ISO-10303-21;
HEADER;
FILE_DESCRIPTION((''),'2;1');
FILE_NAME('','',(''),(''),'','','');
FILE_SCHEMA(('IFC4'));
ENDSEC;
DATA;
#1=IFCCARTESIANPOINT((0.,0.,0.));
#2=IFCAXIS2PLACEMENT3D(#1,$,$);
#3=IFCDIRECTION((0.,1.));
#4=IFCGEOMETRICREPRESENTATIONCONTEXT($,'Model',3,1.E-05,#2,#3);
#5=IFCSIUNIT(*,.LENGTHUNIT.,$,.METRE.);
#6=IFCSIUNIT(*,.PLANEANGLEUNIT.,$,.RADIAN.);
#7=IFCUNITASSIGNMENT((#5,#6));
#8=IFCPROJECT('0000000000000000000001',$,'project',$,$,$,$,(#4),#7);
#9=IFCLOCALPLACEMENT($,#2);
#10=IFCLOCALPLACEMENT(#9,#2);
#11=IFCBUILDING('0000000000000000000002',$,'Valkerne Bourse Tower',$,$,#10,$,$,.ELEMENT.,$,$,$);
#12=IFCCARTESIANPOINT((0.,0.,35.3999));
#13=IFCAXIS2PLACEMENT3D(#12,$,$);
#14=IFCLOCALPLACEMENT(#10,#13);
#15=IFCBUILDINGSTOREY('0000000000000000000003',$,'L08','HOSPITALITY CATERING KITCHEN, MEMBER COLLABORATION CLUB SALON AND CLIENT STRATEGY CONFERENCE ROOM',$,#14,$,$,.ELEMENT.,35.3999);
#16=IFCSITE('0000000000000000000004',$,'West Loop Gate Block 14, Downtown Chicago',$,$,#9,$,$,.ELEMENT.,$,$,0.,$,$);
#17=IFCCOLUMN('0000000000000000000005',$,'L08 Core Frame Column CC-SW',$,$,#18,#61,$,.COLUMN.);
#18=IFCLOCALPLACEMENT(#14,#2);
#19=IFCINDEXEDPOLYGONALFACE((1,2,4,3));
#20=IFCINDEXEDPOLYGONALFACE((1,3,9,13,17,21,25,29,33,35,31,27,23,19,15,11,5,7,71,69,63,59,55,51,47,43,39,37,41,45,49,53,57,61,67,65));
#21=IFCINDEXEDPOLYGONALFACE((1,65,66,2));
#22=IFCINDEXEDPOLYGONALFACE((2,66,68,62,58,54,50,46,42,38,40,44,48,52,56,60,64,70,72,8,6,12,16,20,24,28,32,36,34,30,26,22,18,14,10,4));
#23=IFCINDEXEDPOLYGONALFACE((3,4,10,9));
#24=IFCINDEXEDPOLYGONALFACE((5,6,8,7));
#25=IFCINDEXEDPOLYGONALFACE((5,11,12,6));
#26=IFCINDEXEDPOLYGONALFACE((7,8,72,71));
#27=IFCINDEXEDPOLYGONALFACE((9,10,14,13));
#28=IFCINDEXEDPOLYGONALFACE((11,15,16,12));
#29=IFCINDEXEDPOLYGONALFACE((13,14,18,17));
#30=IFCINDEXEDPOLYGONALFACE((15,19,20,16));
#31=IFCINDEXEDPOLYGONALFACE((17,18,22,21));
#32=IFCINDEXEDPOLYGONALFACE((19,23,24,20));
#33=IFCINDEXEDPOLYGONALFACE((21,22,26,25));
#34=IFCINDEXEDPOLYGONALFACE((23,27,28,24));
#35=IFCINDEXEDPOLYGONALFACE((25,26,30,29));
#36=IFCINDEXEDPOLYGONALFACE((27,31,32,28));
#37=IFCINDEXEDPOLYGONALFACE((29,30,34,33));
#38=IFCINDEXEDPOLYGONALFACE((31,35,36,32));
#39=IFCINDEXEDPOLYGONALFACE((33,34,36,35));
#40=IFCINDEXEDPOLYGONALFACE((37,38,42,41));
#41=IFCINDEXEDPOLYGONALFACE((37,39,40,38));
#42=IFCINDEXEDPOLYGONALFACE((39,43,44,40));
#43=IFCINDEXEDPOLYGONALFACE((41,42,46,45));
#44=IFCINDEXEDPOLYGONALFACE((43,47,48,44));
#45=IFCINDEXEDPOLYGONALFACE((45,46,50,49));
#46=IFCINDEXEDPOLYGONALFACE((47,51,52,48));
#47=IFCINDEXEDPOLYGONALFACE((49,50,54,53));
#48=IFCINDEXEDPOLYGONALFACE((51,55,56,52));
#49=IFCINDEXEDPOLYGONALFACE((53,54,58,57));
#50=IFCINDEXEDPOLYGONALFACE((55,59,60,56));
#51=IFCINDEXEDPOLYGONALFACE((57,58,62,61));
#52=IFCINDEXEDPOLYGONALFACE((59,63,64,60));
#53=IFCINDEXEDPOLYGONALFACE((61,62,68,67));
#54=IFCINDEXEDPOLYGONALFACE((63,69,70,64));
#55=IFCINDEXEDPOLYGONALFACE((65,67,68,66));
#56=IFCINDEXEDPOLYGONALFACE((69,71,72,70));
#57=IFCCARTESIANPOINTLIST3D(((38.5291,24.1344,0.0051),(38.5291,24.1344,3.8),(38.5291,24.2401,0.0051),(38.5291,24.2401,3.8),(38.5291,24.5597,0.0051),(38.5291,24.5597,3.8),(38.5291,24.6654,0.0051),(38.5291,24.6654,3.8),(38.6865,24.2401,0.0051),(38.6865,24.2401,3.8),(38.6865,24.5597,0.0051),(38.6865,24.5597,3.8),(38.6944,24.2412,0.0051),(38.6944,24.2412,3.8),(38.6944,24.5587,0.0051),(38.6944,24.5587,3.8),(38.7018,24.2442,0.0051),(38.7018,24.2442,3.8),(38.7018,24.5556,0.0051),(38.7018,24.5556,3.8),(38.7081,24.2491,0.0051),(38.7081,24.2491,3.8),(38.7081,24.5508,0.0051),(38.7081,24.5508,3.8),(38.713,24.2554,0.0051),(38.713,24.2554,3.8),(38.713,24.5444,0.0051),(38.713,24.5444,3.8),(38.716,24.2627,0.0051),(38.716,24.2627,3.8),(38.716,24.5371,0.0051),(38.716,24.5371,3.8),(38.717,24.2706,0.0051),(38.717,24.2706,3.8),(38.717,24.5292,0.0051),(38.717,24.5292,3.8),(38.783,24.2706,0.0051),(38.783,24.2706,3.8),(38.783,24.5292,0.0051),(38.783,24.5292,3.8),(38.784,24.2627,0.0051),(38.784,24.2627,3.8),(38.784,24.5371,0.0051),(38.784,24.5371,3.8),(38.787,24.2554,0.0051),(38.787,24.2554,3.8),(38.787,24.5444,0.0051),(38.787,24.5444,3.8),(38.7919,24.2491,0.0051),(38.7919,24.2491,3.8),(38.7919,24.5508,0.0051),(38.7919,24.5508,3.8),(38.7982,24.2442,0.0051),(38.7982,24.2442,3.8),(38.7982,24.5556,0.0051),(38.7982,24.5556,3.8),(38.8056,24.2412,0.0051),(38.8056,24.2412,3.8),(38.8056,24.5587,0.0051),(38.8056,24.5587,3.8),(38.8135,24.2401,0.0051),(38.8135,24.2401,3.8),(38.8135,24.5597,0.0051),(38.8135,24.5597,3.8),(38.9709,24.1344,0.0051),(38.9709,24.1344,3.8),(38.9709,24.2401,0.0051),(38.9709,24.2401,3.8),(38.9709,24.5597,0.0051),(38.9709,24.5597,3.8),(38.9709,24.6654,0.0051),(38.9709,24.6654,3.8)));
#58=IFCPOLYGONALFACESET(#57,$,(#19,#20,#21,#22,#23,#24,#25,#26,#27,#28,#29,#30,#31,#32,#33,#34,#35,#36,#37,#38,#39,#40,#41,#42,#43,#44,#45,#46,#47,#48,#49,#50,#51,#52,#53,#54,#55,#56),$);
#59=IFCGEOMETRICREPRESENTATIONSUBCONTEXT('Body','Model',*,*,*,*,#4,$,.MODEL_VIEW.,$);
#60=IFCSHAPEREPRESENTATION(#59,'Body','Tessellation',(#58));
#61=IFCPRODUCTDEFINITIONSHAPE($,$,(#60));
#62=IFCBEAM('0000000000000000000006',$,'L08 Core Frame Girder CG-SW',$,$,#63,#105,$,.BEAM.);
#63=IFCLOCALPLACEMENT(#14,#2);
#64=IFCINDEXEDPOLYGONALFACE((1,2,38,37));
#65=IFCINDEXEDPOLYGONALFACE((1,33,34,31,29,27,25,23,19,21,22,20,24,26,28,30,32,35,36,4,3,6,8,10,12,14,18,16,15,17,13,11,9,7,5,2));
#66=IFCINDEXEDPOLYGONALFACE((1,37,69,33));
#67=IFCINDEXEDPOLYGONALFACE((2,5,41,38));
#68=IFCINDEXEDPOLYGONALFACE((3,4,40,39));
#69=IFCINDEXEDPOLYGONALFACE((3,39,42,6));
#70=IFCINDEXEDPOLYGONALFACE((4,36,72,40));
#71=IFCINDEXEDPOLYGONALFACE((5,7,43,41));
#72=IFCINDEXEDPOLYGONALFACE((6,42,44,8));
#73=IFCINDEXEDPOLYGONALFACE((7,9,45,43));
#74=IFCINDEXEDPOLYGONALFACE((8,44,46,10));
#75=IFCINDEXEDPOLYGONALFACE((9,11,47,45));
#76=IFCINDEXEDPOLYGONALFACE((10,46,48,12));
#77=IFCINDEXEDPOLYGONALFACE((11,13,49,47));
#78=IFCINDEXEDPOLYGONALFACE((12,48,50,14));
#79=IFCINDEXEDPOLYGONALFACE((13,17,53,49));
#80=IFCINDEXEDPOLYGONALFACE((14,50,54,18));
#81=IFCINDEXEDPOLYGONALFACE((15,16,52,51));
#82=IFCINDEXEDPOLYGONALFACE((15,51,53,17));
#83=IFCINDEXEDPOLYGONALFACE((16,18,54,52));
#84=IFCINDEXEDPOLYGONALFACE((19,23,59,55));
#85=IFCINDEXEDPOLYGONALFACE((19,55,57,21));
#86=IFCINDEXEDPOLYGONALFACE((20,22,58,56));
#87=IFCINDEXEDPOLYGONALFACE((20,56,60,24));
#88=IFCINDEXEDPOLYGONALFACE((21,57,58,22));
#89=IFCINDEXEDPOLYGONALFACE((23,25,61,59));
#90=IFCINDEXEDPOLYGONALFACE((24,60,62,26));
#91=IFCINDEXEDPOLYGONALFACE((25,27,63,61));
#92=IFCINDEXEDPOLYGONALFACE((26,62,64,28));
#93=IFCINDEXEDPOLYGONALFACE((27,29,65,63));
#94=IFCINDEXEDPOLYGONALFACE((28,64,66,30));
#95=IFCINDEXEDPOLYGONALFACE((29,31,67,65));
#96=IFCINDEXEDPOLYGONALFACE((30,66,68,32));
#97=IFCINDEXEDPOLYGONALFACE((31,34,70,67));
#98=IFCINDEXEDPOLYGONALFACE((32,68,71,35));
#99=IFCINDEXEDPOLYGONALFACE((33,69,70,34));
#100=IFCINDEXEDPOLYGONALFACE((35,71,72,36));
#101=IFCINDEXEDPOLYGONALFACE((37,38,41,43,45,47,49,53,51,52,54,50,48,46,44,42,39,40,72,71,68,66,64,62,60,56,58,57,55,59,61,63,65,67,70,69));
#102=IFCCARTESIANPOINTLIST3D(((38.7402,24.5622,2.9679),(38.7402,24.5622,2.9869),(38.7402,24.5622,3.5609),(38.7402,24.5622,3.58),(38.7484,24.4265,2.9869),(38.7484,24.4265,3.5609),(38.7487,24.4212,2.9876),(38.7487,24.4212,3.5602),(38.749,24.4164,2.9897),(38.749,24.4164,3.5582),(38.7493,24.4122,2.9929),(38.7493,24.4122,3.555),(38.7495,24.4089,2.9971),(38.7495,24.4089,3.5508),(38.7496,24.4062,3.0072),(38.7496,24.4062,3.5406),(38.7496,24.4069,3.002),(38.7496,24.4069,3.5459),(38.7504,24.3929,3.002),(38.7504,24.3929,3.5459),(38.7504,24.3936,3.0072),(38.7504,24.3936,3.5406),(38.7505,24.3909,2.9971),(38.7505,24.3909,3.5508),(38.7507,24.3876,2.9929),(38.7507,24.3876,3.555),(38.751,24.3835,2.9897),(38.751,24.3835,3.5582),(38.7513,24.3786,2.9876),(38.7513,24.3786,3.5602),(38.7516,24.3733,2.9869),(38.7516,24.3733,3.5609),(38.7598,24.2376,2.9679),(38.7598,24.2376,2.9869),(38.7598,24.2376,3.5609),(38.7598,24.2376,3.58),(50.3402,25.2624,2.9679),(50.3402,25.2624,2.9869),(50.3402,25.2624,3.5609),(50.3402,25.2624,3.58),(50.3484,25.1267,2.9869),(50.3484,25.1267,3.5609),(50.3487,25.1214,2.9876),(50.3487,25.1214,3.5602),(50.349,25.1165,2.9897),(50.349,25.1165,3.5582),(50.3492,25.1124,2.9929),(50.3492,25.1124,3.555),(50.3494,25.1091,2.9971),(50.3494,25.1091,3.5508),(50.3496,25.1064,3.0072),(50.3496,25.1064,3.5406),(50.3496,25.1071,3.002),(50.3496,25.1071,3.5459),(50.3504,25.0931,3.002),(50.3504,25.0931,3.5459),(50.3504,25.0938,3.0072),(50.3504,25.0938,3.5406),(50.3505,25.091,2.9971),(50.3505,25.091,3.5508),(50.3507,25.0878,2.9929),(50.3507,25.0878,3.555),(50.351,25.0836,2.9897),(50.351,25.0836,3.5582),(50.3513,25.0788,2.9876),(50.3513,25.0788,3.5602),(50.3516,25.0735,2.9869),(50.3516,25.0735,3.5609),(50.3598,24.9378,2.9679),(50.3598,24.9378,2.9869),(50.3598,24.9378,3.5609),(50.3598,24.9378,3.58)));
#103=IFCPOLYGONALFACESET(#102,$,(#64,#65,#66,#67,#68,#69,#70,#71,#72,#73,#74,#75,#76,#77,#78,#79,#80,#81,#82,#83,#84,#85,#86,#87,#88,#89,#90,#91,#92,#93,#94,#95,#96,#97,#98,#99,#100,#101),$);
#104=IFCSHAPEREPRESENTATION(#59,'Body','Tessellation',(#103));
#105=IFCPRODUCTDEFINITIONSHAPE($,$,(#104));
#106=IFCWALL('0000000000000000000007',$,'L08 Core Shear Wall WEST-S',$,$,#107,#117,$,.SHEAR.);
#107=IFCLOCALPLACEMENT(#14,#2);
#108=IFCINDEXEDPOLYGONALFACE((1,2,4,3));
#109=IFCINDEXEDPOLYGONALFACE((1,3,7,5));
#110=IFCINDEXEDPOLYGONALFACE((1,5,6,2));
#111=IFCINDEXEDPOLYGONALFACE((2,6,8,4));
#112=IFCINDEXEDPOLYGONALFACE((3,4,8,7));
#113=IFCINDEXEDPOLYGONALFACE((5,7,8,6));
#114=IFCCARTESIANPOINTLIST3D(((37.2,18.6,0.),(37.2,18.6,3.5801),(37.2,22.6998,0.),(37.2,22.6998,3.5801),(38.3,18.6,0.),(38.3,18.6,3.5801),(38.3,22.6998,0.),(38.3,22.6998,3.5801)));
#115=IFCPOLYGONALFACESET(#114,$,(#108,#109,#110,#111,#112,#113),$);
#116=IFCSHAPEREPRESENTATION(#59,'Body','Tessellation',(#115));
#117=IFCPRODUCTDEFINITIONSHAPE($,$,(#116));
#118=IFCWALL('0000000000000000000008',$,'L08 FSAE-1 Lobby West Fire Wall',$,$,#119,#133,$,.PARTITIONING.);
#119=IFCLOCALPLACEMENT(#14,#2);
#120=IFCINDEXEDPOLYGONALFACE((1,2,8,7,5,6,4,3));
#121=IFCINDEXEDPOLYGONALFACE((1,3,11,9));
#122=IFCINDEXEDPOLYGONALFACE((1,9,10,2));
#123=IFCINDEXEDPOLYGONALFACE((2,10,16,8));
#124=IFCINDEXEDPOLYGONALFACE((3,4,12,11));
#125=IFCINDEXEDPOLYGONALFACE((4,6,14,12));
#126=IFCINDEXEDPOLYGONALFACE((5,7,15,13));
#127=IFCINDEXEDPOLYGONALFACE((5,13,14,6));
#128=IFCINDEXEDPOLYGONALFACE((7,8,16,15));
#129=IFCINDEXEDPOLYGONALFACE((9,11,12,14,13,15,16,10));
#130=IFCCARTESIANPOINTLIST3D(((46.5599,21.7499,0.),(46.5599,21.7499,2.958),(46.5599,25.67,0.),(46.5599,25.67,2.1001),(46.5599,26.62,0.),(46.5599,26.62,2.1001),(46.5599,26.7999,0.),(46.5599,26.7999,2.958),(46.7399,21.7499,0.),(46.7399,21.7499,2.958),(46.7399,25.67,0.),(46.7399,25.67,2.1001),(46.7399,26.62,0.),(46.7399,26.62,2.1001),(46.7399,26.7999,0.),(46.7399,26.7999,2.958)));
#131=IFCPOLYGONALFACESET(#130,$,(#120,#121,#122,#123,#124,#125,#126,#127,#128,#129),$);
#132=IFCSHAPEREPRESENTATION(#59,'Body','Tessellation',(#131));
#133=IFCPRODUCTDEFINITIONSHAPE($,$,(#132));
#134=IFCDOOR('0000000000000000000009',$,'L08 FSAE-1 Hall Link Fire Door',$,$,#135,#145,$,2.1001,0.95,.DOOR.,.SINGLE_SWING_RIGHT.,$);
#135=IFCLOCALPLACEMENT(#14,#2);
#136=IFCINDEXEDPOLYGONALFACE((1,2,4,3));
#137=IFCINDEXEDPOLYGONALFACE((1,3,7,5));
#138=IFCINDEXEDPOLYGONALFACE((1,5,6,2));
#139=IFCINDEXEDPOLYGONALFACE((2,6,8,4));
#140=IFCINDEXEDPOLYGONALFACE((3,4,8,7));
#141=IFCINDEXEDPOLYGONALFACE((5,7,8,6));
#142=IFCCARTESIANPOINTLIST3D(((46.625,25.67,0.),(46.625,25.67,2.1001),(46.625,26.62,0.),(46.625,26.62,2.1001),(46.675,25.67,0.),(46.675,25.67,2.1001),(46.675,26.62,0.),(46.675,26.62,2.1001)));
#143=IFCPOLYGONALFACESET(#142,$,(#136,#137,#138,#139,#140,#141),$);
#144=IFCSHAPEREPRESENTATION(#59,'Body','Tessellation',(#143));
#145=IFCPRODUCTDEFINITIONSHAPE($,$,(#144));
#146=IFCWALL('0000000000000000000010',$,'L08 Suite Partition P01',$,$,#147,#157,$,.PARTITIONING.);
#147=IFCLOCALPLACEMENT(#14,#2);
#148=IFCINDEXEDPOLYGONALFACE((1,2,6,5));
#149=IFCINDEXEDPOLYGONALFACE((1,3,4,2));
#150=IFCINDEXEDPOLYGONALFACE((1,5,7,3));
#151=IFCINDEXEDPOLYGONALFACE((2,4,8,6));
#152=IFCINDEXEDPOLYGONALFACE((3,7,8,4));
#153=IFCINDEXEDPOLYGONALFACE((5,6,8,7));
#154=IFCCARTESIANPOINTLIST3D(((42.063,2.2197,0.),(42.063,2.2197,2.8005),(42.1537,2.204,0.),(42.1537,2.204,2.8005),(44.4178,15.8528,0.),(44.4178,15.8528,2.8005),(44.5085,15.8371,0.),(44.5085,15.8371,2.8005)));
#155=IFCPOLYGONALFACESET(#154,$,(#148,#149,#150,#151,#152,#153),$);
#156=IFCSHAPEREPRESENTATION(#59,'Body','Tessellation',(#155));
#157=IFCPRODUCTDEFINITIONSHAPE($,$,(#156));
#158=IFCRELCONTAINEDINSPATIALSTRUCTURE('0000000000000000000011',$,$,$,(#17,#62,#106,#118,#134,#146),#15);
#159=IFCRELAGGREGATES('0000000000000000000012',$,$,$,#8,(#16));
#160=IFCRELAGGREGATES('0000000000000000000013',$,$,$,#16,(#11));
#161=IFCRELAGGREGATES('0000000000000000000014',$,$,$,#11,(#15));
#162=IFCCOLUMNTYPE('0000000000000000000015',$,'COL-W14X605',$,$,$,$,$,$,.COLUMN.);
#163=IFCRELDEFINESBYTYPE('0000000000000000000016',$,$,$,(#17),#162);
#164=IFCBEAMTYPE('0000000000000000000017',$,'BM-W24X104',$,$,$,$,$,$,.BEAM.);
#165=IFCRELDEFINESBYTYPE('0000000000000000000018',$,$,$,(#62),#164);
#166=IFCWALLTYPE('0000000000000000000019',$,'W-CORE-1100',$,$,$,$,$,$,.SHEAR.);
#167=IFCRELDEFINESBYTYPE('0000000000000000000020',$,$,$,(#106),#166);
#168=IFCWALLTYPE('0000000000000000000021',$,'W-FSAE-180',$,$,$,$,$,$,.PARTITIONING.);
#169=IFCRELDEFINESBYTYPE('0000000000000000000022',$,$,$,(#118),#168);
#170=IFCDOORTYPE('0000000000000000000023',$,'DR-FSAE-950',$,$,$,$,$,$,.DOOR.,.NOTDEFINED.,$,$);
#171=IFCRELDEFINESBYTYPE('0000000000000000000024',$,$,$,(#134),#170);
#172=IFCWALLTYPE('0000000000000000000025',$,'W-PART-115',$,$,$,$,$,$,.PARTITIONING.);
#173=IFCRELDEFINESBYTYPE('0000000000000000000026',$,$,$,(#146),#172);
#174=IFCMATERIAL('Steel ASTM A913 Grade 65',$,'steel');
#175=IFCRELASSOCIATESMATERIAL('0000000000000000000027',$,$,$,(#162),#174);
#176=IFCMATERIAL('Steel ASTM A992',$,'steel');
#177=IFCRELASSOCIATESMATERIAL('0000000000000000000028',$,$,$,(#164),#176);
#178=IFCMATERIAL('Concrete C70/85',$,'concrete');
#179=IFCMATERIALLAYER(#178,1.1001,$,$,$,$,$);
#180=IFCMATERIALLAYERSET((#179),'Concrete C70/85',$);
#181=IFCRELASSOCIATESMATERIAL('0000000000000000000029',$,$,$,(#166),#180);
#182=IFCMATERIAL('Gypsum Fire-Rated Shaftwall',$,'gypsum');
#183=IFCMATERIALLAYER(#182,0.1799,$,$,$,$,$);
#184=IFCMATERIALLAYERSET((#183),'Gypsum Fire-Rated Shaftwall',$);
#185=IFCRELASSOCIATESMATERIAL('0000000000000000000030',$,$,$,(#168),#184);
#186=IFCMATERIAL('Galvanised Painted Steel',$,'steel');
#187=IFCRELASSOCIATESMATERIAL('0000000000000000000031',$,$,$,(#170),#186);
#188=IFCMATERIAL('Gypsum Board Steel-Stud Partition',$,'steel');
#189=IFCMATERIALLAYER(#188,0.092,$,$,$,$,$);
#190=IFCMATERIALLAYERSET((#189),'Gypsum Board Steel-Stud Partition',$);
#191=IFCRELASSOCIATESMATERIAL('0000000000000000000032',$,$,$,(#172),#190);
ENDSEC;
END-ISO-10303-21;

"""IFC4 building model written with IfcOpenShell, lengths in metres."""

from ifc_helpers import new_model, si_unit, direction, frame, frame_2d, origin, origin_2d, place, context, subcontext, project, spatial, rectangle, i_section, extrude, material, layer, layer_set, material_profile, profile_set, type_object, element, fill, save


model = new_model("IFC4")

# Units and contexts
model_context = context("Model", 3, precision=1e-05, world=origin(), true_north=direction((0.0, 1.0)))
body_context = subcontext(model_context, "Body", "Model", "MODEL_VIEW")
ifc_project = project(units=[si_unit("LENGTHUNIT", "METRE"), si_unit("PLANEANGLEUNIT", "RADIAN")], contexts=[model_context])

# Site, building, storey
site_placement = place(None, origin())
site = spatial("IfcSite", under=ifc_project, at=site_placement, Name="West Loop Gate Block 14, Downtown Chicago", CompositionType="ELEMENT", RefElevation=0.0)
building_placement = place(site_placement, origin())
building = spatial("IfcBuilding", under=site, at=building_placement, Name="Valkerne Bourse Tower", CompositionType="ELEMENT")
storey_placement = place(building_placement, frame((0.0, 0.0, 35.3999)))
storey = spatial("IfcBuildingStorey", under=building, at=storey_placement, Name="L08", Description="HOSPITALITY CATERING KITCHEN, MEMBER COLLABORATION CLUB SALON AND CLIENT STRATEGY CONFERENCE ROOM", CompositionType="ELEMENT", Elevation=35.3999)

# Column
ifc_material_1 = material(Name="Steel ASTM A913 Grade 65", Category="steel")
ifc_material_profile_1 = material_profile(ifc_material_1, i_section(OverallWidth=0.4419, OverallDepth=0.531, WebThickness=0.0659, FlangeThickness=0.1057, FilletRadius=0.0305, at=origin_2d()), Name="W14X605")
ifc_profile_set_1 = profile_set([ifc_material_profile_1], Name="Steel ASTM A913 Grade 65")
column_type = type_object("IfcColumnType", Name="COL-W14X605", PredefinedType="COLUMN", material=ifc_profile_set_1)
column_placement = place(storey_placement, frame((38.75, 24.3999, 0.0051), z_axis=(0.0, 0.0, 1.0), x_axis=(1.0, 0.0, 0.0)))
element("IfcColumn", 1, at=column_placement, inside=storey, type_object=column_type, Name="L08 Core Frame Column CC-SW", PredefinedType="COLUMN", context=body_context, shape_type="SweptSolid", body=[
    extrude(i_section(OverallWidth=0.4419, OverallDepth=0.531, WebThickness=0.0659, FlangeThickness=0.1057, FilletRadius=0.0305, at=origin_2d()), origin(), (0.0, 0.0, 1.0), 3.7949),
])

# Beam
ifc_material_2 = material(Name="Steel ASTM A992", Category="steel")
ifc_material_profile_2 = material_profile(ifc_material_2, i_section(OverallWidth=0.3252, OverallDepth=0.6121, WebThickness=0.0127, FlangeThickness=0.019, FilletRadius=0.0203, at=origin_2d()), Name="W24X104")
ifc_profile_set_2 = profile_set([ifc_material_profile_2], Name="Steel ASTM A992")
beam_type = type_object("IfcBeamType", Name="BM-W24X104", PredefinedType="BEAM", material=ifc_profile_set_2)
beam_placement = place(storey_placement, frame((38.75, 24.3999, 3.2739), z_axis=(0.998183, 0.060251, 0.0), x_axis=(-0.060251, 0.998183, 0.0)))
element("IfcBeam", 2, at=beam_placement, inside=storey, type_object=beam_type, Name="L08 Core Frame Girder CG-SW", PredefinedType="BEAM", context=body_context, shape_type="SweptSolid", body=[
    extrude(i_section(OverallWidth=0.3252, OverallDepth=0.6121, WebThickness=0.0127, FlangeThickness=0.019, FilletRadius=0.0203, at=origin_2d()), origin(), (0.0, 0.0, 1.0), 11.6211),
])

# Shared definitions
ifc_material_3 = material(Name="Concrete C70/85", Category="concrete")
ifc_layer_1 = layer(ifc_material_3, 1.1001)
ifc_layer_set_1 = layer_set([ifc_layer_1], Name="Concrete C70/85")
wall_type_1 = type_object("IfcWallType", Name="W-CORE-1100", PredefinedType="SHEAR", material=ifc_layer_set_1)
ifc_material_4 = material(Name="Galvanised Painted Steel", Category="steel")

# Wall
wall_1_placement = place(storey_placement, frame((37.75, 18.6001, 0.0), z_axis=(0.0, 0.0, 1.0), x_axis=(0.0, 1.0, 0.0)))
element("IfcWall", 3, at=wall_1_placement, inside=storey, type_object=wall_type_1, Name="L08 Core Shear Wall WEST-S", PredefinedType="SHEAR", context=body_context, shape_type="SweptSolid", body=[
    extrude(rectangle(XDim=4.0999, YDim=1.1001, at=frame_2d((2.0498, 0.0))), origin(), (0.0, 0.0, 1.0), 3.5801),
])

# Wall, opening, door
ifc_material_5 = material(Name="Gypsum Fire-Rated Shaftwall", Category="gypsum")
ifc_layer_2 = layer(ifc_material_5, 0.1799)
ifc_layer_set_2 = layer_set([ifc_layer_2], Name="Gypsum Fire-Rated Shaftwall")
wall_type_2 = type_object("IfcWallType", Name="W-FSAE-180", PredefinedType="PARTITIONING", material=ifc_layer_set_2)
wall_2_placement = place(storey_placement, frame((46.6499, 21.75, 0.0), z_axis=(0.0, 0.0, 1.0), x_axis=(0.0, 1.0, 0.0)))
wall_2 = element("IfcWall", 4, at=wall_2_placement, inside=storey, type_object=wall_type_2, Name="L08 FSAE-1 Lobby West Fire Wall", PredefinedType="PARTITIONING", context=body_context, shape_type="SweptSolid", body=[
    extrude(rectangle(XDim=5.05, YDim=0.1799, at=frame_2d((2.5249, 0.0))), origin(), (0.0, 0.0, 1.0), 2.958),
])
opening_1_placement = place(wall_2_placement, frame((3.9199, 0.0, 0.0)))
opening_1 = element("IfcOpeningElement", 5, at=opening_1_placement, cuts=wall_2, PredefinedType="OPENING", context=body_context, shape_type="SweptSolid", body=[
    extrude(rectangle(XDim=0.95, YDim=2.1001, at=frame_2d((0.4751, 1.05))), frame((0.0, 0.0999, 0.0), z_axis=(0.0, -1.0, 0.0), x_axis=(1.0, 0.0, 0.0)), (0.0, 0.0, 1.0), 0.2),
])
door_type_1 = type_object("IfcDoorType", Name="DR-FSAE-950", OperationType="NOTDEFINED", PredefinedType="DOOR", material=ifc_material_4)
door_1_placement = place(opening_1_placement, origin())
door_1 = element("IfcDoor", 6, at=door_1_placement, inside=storey, type_object=door_type_1, Name="L08 FSAE-1 Hall Link Fire Door", OperationType="SINGLE_SWING_RIGHT", OverallHeight=2.1001, OverallWidth=0.95, PredefinedType="DOOR", context=body_context, shape_type="SweptSolid", body=[
    extrude(rectangle(XDim=0.95, YDim=2.1001, at=frame_2d((0.4751, 1.05))), frame((0.0, 0.0249, 0.0), z_axis=(0.0, -1.0, 0.0), x_axis=(1.0, 0.0, 0.0)), (0.0, 0.0, 1.0), 0.05),
])
fill(opening_1, door_1)

# Wall
ifc_material_6 = material(Name="Gypsum Board Steel-Stud Partition", Category="steel")
ifc_layer_3 = layer(ifc_material_6, 0.092)
ifc_layer_set_3 = layer_set([ifc_layer_3], Name="Gypsum Board Steel-Stud Partition")
wall_type_3 = type_object("IfcWallType", Name="W-PART-115", PredefinedType="PARTITIONING", material=ifc_layer_set_3)
wall_3_placement = place(storey_placement, frame((44.4631, 15.845, 0.0), z_axis=(0.0, 0.0, 1.0), x_axis=(-0.170202, -0.985409, 0.0)))
element("IfcWall", 7, at=wall_3_placement, inside=storey, type_object=wall_type_3, Name="L08 Suite Partition P01", PredefinedType="PARTITIONING", context=body_context, shape_type="SweptSolid", body=[
    extrude(rectangle(XDim=13.835, YDim=0.092, at=frame_2d((6.9175, 0.0))), origin(), (0.0, 0.0, 1.0), 2.8005),
])

save(model, "model.ifc")
